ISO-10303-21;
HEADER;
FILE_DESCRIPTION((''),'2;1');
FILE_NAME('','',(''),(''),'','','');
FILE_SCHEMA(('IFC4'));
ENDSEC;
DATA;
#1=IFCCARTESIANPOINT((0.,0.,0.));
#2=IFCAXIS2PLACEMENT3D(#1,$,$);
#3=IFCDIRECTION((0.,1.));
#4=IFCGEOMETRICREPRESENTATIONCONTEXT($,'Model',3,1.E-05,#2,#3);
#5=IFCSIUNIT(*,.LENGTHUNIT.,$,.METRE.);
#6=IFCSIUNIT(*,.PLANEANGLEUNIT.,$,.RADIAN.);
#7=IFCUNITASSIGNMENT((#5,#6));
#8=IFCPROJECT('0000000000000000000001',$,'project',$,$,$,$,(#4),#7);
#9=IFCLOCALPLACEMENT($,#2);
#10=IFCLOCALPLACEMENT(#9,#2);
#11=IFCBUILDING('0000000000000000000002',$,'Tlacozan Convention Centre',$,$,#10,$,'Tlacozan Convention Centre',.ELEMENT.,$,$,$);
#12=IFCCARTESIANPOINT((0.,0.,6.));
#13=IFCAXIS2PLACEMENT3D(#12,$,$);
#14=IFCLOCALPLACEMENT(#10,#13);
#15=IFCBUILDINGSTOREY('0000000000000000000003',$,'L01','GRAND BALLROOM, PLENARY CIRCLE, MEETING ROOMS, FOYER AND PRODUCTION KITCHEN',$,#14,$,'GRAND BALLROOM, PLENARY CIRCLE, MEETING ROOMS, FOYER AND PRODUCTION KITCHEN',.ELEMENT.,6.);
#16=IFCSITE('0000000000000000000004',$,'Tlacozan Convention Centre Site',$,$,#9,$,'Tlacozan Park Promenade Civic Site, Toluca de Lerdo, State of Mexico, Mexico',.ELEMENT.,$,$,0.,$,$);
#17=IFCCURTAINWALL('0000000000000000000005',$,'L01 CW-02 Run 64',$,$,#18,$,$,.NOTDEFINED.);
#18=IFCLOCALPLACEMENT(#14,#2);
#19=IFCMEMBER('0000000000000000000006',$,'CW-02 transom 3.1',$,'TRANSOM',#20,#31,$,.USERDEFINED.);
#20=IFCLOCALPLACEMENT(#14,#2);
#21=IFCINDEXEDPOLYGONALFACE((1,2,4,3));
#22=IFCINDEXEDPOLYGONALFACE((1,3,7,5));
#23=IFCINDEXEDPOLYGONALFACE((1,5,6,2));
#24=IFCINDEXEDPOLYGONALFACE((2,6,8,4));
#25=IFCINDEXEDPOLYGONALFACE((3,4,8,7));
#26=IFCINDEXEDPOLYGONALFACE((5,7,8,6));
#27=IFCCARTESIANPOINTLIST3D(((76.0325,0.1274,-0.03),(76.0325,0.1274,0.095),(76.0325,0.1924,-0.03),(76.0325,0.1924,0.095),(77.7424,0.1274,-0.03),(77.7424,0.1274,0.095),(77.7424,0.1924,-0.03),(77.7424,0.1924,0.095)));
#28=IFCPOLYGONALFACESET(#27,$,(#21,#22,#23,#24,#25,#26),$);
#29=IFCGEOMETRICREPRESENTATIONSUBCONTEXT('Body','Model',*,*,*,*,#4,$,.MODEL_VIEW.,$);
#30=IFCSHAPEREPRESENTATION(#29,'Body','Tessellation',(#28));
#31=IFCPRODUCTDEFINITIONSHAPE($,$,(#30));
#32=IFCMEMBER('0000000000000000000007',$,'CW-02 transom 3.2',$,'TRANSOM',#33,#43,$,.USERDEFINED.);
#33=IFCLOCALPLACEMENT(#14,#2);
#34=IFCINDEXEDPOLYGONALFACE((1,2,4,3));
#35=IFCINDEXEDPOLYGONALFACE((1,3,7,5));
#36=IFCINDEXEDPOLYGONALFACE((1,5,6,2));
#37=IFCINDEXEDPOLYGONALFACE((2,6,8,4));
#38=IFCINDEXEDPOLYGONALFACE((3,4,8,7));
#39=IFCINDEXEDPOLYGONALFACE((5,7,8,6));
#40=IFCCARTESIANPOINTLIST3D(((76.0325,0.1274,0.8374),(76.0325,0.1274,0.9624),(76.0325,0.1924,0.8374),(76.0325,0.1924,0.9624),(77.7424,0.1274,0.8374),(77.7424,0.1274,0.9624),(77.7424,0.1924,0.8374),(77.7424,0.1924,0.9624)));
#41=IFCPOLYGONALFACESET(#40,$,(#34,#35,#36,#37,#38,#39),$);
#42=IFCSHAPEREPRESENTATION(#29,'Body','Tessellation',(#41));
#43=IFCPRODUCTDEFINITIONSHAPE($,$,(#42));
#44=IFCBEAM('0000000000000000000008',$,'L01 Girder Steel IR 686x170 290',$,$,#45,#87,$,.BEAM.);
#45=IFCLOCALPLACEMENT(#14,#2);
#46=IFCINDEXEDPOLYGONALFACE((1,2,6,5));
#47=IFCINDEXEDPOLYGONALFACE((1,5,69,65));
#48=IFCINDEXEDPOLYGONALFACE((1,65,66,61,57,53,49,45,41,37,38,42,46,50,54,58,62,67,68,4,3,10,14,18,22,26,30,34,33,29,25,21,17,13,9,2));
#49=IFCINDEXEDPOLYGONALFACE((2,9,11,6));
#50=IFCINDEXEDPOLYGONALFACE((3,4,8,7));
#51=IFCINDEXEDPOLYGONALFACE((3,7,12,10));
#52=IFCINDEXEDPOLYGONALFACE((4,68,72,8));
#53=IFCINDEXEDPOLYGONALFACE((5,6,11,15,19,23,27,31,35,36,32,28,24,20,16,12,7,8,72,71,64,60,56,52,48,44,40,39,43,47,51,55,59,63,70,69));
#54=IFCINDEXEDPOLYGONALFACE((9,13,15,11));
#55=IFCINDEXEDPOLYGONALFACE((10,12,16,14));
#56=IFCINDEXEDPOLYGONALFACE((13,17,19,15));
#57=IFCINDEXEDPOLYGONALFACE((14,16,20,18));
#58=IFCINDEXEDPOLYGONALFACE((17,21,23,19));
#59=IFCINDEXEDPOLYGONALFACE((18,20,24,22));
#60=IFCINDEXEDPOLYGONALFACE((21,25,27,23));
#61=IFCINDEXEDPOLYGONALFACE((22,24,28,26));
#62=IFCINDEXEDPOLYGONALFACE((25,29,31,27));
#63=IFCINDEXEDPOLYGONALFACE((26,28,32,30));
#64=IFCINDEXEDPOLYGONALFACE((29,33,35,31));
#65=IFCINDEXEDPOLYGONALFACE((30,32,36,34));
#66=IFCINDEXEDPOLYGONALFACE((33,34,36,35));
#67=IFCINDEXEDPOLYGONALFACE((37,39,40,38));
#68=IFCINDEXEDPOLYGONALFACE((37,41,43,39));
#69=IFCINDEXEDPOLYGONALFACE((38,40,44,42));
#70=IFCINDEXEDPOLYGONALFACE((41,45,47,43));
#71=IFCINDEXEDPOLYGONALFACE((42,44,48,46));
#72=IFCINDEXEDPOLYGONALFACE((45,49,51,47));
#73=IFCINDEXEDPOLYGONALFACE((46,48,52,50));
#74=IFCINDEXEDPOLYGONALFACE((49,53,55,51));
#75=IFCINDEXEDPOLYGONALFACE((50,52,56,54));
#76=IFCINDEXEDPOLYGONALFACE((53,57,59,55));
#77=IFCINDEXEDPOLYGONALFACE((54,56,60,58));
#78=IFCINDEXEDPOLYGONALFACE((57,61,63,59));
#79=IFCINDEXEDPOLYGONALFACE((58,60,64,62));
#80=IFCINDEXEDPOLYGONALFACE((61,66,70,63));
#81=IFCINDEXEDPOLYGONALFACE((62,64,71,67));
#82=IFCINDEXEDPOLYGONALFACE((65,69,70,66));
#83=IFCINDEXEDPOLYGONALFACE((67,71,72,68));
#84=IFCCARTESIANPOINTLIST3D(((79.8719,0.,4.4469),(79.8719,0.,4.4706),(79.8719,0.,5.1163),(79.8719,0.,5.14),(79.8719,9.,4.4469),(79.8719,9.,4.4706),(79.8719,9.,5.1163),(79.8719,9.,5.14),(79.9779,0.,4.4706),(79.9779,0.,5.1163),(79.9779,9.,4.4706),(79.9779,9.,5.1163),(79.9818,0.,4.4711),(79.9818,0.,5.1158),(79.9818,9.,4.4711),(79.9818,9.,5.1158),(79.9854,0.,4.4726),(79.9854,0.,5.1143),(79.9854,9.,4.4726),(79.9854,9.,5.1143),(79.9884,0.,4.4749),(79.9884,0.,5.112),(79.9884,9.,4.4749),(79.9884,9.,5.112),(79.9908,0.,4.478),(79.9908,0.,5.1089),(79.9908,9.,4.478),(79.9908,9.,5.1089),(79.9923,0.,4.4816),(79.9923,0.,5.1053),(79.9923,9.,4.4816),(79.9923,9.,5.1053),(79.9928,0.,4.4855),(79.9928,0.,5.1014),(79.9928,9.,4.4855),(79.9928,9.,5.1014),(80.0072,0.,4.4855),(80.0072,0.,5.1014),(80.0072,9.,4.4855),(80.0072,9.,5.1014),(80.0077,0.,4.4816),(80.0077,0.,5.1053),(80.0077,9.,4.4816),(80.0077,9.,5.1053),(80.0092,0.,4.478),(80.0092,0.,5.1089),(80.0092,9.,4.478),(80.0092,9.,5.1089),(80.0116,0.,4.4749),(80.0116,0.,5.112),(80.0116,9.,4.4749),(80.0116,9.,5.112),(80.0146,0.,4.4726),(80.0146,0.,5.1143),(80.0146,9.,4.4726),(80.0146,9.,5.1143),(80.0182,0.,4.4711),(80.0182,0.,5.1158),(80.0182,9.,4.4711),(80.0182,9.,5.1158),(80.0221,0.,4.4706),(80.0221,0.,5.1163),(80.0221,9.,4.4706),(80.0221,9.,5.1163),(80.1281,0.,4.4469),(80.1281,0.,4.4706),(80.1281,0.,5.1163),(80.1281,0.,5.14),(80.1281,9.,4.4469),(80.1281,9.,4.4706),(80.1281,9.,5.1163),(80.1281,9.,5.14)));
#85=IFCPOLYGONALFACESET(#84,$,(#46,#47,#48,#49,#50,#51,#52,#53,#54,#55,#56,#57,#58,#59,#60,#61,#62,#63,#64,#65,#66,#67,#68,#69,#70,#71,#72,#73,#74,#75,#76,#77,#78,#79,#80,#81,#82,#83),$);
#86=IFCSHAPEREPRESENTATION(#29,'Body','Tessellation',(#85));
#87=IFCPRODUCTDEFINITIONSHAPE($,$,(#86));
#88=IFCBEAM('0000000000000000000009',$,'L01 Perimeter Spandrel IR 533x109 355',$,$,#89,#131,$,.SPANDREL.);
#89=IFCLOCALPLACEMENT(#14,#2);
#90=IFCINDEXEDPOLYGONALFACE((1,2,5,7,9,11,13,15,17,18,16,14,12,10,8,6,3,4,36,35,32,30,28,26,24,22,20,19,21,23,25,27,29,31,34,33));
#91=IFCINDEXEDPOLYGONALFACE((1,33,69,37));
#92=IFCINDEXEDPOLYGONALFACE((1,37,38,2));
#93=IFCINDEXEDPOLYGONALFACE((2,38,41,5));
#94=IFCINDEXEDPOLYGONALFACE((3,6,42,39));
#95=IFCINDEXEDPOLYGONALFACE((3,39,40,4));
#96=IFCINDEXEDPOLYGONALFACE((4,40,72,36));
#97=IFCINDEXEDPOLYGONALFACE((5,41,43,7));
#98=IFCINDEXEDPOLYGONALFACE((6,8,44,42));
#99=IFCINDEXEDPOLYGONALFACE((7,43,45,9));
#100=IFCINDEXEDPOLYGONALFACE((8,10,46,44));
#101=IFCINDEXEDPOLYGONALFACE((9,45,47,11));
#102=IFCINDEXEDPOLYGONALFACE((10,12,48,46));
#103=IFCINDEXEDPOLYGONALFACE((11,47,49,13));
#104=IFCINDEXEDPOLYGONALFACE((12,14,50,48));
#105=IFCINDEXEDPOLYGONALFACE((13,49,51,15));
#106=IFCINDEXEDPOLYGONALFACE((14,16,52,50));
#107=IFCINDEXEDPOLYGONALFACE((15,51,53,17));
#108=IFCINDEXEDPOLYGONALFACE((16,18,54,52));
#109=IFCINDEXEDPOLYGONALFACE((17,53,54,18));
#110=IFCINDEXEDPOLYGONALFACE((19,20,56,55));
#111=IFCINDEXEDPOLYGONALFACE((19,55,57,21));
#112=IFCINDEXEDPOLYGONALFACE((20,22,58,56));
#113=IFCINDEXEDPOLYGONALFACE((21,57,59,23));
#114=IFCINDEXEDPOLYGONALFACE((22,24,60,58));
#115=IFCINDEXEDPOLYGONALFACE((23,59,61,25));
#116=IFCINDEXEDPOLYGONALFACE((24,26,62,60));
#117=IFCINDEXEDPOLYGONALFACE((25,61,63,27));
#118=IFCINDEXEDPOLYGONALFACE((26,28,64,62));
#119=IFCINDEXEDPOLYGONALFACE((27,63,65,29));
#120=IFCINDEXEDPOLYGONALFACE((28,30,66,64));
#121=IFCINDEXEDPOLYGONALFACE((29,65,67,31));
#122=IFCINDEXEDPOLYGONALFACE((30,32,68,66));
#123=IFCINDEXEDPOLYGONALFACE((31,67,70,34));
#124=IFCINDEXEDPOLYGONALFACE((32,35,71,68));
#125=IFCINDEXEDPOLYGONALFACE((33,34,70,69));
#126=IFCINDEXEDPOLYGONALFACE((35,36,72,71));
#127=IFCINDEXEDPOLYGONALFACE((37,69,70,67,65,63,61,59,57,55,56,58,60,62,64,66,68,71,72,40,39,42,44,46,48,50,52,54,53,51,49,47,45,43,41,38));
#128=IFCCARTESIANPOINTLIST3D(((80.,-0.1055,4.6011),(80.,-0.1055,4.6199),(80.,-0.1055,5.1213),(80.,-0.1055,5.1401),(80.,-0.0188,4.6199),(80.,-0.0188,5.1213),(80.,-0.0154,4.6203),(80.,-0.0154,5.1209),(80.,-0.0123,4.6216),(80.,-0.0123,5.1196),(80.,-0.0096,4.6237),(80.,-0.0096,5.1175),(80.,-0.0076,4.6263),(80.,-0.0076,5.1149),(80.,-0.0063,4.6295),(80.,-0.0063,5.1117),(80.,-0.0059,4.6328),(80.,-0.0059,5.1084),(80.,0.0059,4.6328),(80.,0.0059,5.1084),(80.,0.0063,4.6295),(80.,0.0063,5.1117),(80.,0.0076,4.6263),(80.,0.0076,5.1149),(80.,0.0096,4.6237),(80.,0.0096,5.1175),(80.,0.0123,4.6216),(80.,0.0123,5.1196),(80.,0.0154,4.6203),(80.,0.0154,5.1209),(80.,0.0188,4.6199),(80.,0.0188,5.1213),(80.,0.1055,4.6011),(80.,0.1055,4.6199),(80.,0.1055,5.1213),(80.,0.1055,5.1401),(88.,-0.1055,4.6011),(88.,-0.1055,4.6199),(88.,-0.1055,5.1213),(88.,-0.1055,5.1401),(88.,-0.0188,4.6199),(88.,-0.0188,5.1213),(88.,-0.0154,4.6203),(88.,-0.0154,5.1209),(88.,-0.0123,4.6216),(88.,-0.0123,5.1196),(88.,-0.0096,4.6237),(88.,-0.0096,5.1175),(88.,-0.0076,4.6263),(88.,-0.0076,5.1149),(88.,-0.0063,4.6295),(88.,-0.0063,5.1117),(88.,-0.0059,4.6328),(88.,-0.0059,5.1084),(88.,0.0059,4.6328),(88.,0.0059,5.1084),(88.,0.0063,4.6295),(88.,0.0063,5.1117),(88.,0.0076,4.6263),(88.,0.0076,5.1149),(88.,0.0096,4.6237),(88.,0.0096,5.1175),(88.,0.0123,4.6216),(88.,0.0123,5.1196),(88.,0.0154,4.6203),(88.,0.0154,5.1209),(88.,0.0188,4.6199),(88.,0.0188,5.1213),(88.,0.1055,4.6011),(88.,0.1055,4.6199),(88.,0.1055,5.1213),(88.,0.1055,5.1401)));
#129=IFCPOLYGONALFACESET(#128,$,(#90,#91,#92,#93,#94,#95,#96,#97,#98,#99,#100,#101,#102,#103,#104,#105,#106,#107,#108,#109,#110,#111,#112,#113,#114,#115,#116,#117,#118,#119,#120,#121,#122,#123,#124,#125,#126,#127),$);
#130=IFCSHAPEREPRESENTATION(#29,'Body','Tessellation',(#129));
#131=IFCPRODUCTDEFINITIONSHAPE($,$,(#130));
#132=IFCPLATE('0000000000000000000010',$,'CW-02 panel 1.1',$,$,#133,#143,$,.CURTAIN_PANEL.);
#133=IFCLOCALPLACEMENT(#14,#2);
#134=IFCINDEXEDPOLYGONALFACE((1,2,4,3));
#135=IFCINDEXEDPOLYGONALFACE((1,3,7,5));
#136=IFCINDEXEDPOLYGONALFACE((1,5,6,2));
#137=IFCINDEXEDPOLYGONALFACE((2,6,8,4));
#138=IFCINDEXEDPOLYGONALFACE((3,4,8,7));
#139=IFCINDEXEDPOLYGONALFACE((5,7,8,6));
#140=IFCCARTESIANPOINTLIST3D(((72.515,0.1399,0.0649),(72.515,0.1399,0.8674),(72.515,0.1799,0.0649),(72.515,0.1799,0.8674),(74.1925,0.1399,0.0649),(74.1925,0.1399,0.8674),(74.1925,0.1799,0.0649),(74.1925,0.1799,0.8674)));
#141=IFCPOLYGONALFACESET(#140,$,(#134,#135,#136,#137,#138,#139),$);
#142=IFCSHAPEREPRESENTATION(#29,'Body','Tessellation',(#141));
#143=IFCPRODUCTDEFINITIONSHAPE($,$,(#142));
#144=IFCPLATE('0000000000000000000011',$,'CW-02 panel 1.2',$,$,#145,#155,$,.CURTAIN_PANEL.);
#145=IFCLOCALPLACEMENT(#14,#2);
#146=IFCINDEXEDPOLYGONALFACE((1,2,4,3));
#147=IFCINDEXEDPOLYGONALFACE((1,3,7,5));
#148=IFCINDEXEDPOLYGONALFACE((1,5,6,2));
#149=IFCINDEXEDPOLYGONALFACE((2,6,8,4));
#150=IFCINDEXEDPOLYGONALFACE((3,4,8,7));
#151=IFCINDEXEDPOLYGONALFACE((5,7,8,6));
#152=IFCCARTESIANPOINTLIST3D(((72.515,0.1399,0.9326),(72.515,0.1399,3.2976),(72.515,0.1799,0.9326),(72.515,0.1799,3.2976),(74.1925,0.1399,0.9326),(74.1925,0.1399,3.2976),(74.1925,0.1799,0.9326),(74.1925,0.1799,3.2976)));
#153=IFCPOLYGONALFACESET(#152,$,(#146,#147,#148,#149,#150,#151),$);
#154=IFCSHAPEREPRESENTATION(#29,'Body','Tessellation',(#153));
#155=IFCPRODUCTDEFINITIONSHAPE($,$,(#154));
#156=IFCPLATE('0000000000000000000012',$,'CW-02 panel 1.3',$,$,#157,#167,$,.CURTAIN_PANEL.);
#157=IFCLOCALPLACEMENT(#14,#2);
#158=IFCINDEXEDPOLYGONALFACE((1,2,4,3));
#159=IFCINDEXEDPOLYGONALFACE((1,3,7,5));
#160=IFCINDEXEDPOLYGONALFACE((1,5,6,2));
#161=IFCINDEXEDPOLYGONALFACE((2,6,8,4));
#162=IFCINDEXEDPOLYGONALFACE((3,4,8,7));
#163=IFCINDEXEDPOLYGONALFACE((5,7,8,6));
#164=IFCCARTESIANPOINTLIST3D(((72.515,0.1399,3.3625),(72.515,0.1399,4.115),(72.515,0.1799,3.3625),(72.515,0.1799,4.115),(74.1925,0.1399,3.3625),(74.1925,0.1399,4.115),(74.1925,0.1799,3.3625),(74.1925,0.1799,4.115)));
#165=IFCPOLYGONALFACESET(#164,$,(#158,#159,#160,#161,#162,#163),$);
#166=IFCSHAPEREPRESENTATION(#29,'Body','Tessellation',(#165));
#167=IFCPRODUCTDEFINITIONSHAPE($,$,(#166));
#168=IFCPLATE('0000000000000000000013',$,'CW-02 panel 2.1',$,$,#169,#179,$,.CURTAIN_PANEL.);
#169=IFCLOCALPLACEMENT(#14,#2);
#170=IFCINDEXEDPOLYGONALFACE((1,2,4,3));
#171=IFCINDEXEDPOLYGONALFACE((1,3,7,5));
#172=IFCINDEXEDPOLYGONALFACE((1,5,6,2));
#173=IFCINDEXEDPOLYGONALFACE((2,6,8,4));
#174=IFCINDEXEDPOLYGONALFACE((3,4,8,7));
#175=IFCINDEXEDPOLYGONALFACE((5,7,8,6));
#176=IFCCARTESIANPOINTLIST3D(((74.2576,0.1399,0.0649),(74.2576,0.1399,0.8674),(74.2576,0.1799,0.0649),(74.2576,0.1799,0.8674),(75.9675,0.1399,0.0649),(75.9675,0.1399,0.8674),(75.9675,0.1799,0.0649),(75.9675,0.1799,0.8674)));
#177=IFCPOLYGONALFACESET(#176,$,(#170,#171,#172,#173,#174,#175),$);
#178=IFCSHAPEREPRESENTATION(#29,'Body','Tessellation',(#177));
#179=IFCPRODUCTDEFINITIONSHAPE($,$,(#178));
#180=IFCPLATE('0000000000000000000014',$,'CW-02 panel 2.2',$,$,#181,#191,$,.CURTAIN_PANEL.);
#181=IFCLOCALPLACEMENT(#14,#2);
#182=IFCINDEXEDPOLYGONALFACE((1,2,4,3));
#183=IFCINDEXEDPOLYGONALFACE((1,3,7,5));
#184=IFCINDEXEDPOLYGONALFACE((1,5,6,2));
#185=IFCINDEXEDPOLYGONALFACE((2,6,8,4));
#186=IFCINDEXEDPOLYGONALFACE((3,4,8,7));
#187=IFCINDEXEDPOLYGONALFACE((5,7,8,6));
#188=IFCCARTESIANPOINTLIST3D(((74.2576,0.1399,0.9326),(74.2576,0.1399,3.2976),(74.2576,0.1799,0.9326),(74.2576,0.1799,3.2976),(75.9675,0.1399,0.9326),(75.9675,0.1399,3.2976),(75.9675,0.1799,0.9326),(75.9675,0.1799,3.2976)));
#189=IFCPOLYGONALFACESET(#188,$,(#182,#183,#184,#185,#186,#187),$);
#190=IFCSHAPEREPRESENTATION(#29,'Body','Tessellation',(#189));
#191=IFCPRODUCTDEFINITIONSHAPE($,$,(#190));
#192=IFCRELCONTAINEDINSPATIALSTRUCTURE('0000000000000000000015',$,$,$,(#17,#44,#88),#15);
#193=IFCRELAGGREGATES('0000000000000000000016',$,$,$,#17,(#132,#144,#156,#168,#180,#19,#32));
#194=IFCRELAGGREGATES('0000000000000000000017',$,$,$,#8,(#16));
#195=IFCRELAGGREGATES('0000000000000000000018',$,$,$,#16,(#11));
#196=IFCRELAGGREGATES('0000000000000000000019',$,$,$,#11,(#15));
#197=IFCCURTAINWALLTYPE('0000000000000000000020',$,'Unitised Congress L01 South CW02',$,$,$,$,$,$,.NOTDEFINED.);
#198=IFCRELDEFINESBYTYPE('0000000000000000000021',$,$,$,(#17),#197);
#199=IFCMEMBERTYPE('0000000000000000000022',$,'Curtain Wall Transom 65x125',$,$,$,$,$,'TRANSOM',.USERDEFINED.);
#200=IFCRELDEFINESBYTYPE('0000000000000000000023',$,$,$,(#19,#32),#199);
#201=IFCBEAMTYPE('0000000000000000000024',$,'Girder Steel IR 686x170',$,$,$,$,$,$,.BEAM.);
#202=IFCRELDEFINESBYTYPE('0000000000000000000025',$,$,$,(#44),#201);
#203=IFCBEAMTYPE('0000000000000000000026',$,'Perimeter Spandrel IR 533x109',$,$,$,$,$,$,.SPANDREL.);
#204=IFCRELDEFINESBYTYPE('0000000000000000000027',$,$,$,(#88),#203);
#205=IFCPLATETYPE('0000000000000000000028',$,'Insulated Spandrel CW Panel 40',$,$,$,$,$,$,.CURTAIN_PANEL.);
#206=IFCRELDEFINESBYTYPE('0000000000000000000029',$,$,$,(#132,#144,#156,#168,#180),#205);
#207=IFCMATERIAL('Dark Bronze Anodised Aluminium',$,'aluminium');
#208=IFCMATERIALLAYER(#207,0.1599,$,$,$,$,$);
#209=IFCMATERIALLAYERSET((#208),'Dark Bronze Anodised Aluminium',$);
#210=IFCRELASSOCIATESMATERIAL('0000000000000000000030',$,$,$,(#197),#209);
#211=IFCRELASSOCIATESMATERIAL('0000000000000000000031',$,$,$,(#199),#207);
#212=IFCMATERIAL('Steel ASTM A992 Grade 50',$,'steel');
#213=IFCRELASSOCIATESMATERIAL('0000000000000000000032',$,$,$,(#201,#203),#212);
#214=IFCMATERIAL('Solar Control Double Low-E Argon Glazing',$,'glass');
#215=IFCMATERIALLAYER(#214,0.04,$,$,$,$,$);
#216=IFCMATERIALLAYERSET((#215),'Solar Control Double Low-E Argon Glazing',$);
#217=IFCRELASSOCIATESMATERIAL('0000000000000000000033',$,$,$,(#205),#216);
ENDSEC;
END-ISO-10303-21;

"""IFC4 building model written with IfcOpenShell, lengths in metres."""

from ifc_helpers import new_model, si_unit, direction, frame, origin, origin_2d, place, context, subcontext, project, spatial, rectangle, i_section, extrude, material, layer, layer_set, material_profile, profile_set, type_object, element, aggregate, save


model = new_model("IFC4")

# Units and contexts
model_context = context("Model", 3, precision=1e-05, world=origin(), true_north=direction((0.0, 1.0)))
body_context = subcontext(model_context, "Body", "Model", "MODEL_VIEW")
ifc_project = project(units=[si_unit("LENGTHUNIT", "METRE"), si_unit("PLANEANGLEUNIT", "RADIAN")], contexts=[model_context])

# Site, building, storey
site_placement = place(None, origin())
site = spatial("IfcSite", under=ifc_project, at=site_placement, Name="Tlacozan Convention Centre Site", LongName="Tlacozan Park Promenade Civic Site, Toluca de Lerdo, State of Mexico, Mexico", CompositionType="ELEMENT", RefElevation=0.0)
building_placement = place(site_placement, origin())
building = spatial("IfcBuilding", under=site, at=building_placement, Name="Tlacozan Convention Centre", LongName="Tlacozan Convention Centre", CompositionType="ELEMENT")
storey_placement = place(building_placement, frame((0.0, 0.0, 6.0)))
storey = spatial("IfcBuildingStorey", under=building, at=storey_placement, Name="L01", Description="GRAND BALLROOM, PLENARY CIRCLE, MEETING ROOMS, FOYER AND PRODUCTION KITCHEN", LongName="GRAND BALLROOM, PLENARY CIRCLE, MEETING ROOMS, FOYER AND PRODUCTION KITCHEN", CompositionType="ELEMENT", Elevation=6.0)

# Curtain wall, members
ifc_material_1 = material(Name="Dark Bronze Anodised Aluminium", Category="aluminium")
ifc_layer_1 = layer(ifc_material_1, 0.1599)
ifc_layer_set_1 = layer_set([ifc_layer_1], Name="Dark Bronze Anodised Aluminium")
curtain_wall_type = type_object("IfcCurtainWallType", Name="Unitised Congress L01 South CW02", PredefinedType="NOTDEFINED", material=ifc_layer_set_1)
curtain_wall_placement = place(storey_placement, origin())
curtain_wall = element("IfcCurtainWall", 1, at=curtain_wall_placement, inside=storey, type_object=curtain_wall_type, Name="L01 CW-02 Run 64", PredefinedType="NOTDEFINED")
ifc_material_profile_1 = material_profile(ifc_material_1, rectangle(XDim=0.0649, YDim=0.125, at=origin_2d()), Name="ALU 65x125")
ifc_profile_set_1 = profile_set([ifc_material_profile_1], Name="Dark Bronze Anodised Aluminium")
member_type_1 = type_object("IfcMemberType", Name="Curtain Wall Transom 65x125", ElementType="TRANSOM", PredefinedType="USERDEFINED", material=ifc_profile_set_1)
member_1_placement = place(storey_placement, frame((76.0325, 0.1599, 0.0325), z_axis=(1.0, 0.0, 0.0), x_axis=(0.0, 1.0, 0.0)))
member_1 = element("IfcMember", 2, at=member_1_placement, type_object=member_type_1, Name="CW-02 transom 3.1", ObjectType="TRANSOM", PredefinedType="USERDEFINED", context=body_context, shape_type="SweptSolid", body=[
    extrude(rectangle(XDim=0.0649, YDim=0.125, at=origin_2d()), origin(), (0.0, 0.0, 1.0), 1.71),
])
member_2_placement = place(storey_placement, frame((76.0325, 0.1599, 0.8999), z_axis=(1.0, 0.0, 0.0), x_axis=(0.0, 1.0, 0.0)))
member_2 = element("IfcMember", 3, at=member_2_placement, type_object=member_type_1, Name="CW-02 transom 3.2", ObjectType="TRANSOM", PredefinedType="USERDEFINED", context=body_context, shape_type="SweptSolid", body=[
    extrude(rectangle(XDim=0.0649, YDim=0.125, at=origin_2d()), origin(), (0.0, 0.0, 1.0), 1.71),
])

# Beams
ifc_material_2 = material(Name="Steel ASTM A992 Grade 50", Category="steel")
ifc_material_profile_2 = material_profile(ifc_material_2, i_section(OverallWidth=0.2561, OverallDepth=0.6931, WebThickness=0.0144, FlangeThickness=0.0237, FilletRadius=0.0149, at=origin_2d()), Name="IR 686x170.0")
ifc_profile_set_2 = profile_set([ifc_material_profile_2], Name="Steel ASTM A992 Grade 50")
beam_type_1 = type_object("IfcBeamType", Name="Girder Steel IR 686x170", PredefinedType="BEAM", material=ifc_profile_set_2)
beam_1_placement = place(storey_placement, frame((80.0, 0.0, 4.7935), z_axis=(0.0, 1.0, 0.0), x_axis=(-1.0, 0.0, 0.0)))
element("IfcBeam", 4, at=beam_1_placement, inside=storey, type_object=beam_type_1, Name="L01 Girder Steel IR 686x170 290", PredefinedType="BEAM", context=body_context, shape_type="SweptSolid", body=[
    extrude(i_section(OverallWidth=0.2561, OverallDepth=0.6931, WebThickness=0.0144, FlangeThickness=0.0237, FilletRadius=0.0149, at=origin_2d()), origin(), (0.0, 0.0, 1.0), 9.0),
])
ifc_material_profile_3 = material_profile(ifc_material_2, i_section(OverallWidth=0.2109, OverallDepth=0.5391, WebThickness=0.0117, FlangeThickness=0.0188, FilletRadius=0.0129, at=origin_2d()), Name="IR 533x109.0")
ifc_profile_set_3 = profile_set([ifc_material_profile_3], Name="Steel ASTM A992 Grade 50")
beam_type_2 = type_object("IfcBeamType", Name="Perimeter Spandrel IR 533x109", PredefinedType="SPANDREL", material=ifc_profile_set_3)
beam_2_placement = place(storey_placement, frame((80.0, 0.0, 4.8706), z_axis=(1.0, 0.0, 0.0), x_axis=(0.0, 1.0, 0.0)))
element("IfcBeam", 5, at=beam_2_placement, inside=storey, type_object=beam_type_2, Name="L01 Perimeter Spandrel IR 533x109 355", PredefinedType="SPANDREL", context=body_context, shape_type="SweptSolid", body=[
    extrude(i_section(OverallWidth=0.2109, OverallDepth=0.5391, WebThickness=0.0117, FlangeThickness=0.0188, FilletRadius=0.0129, at=origin_2d()), origin(), (0.0, 0.0, 1.0), 8.0),
])

# Plates
ifc_material_3 = material(Name="Solar Control Double Low-E Argon Glazing", Category="glass")
ifc_layer_2 = layer(ifc_material_3, 0.04)
ifc_layer_set_2 = layer_set([ifc_layer_2], Name="Solar Control Double Low-E Argon Glazing")
plate_type = type_object("IfcPlateType", Name="Insulated Spandrel CW Panel 40", PredefinedType="CURTAIN_PANEL", material=ifc_layer_set_2)
plate_1_placement = place(storey_placement, frame((73.3538, 0.1599, 0.0649), z_axis=(0.0, 0.0, 1.0), x_axis=(1.0, 0.0, 0.0)))
plate_1 = element("IfcPlate", 6, at=plate_1_placement, type_object=plate_type, Name="CW-02 panel 1.1", PredefinedType="CURTAIN_PANEL", context=body_context, shape_type="SweptSolid", body=[
    extrude(rectangle(XDim=1.6775, YDim=0.04, at=origin_2d()), origin(), (0.0, 0.0, 1.0), 0.8025),
])
plate_2_placement = place(storey_placement, frame((73.3538, 0.1599, 0.9326), z_axis=(0.0, 0.0, 1.0), x_axis=(1.0, 0.0, 0.0)))
plate_2 = element("IfcPlate", 7, at=plate_2_placement, type_object=plate_type, Name="CW-02 panel 1.2", PredefinedType="CURTAIN_PANEL", context=body_context, shape_type="SweptSolid", body=[
    extrude(rectangle(XDim=1.6775, YDim=0.04, at=origin_2d()), origin(), (0.0, 0.0, 1.0), 2.365),
])
plate_3_placement = place(storey_placement, frame((73.3538, 0.1599, 3.3625), z_axis=(0.0, 0.0, 1.0), x_axis=(1.0, 0.0, 0.0)))
plate_3 = element("IfcPlate", 8, at=plate_3_placement, type_object=plate_type, Name="CW-02 panel 1.3", PredefinedType="CURTAIN_PANEL", context=body_context, shape_type="SweptSolid", body=[
    extrude(rectangle(XDim=1.6775, YDim=0.04, at=origin_2d()), origin(), (0.0, 0.0, 1.0), 0.7524),
])
plate_4_placement = place(storey_placement, frame((75.1125, 0.1599, 0.0649), z_axis=(0.0, 0.0, 1.0), x_axis=(1.0, 0.0, 0.0)))
plate_4 = element("IfcPlate", 9, at=plate_4_placement, type_object=plate_type, Name="CW-02 panel 2.1", PredefinedType="CURTAIN_PANEL", context=body_context, shape_type="SweptSolid", body=[
    extrude(rectangle(XDim=1.71, YDim=0.04, at=origin_2d()), origin(), (0.0, 0.0, 1.0), 0.8025),
])
plate_5_placement = place(storey_placement, frame((75.1125, 0.1599, 0.9326), z_axis=(0.0, 0.0, 1.0), x_axis=(1.0, 0.0, 0.0)))
plate_5 = element("IfcPlate", 10, at=plate_5_placement, type_object=plate_type, Name="CW-02 panel 2.2", PredefinedType="CURTAIN_PANEL", context=body_context, shape_type="SweptSolid", body=[
    extrude(rectangle(XDim=1.71, YDim=0.04, at=origin_2d()), origin(), (0.0, 0.0, 1.0), 2.365),
])
aggregate(curtain_wall, [plate_1, plate_2, plate_3, plate_4, plate_5, member_1, member_2])

save(model, "model.ifc")
